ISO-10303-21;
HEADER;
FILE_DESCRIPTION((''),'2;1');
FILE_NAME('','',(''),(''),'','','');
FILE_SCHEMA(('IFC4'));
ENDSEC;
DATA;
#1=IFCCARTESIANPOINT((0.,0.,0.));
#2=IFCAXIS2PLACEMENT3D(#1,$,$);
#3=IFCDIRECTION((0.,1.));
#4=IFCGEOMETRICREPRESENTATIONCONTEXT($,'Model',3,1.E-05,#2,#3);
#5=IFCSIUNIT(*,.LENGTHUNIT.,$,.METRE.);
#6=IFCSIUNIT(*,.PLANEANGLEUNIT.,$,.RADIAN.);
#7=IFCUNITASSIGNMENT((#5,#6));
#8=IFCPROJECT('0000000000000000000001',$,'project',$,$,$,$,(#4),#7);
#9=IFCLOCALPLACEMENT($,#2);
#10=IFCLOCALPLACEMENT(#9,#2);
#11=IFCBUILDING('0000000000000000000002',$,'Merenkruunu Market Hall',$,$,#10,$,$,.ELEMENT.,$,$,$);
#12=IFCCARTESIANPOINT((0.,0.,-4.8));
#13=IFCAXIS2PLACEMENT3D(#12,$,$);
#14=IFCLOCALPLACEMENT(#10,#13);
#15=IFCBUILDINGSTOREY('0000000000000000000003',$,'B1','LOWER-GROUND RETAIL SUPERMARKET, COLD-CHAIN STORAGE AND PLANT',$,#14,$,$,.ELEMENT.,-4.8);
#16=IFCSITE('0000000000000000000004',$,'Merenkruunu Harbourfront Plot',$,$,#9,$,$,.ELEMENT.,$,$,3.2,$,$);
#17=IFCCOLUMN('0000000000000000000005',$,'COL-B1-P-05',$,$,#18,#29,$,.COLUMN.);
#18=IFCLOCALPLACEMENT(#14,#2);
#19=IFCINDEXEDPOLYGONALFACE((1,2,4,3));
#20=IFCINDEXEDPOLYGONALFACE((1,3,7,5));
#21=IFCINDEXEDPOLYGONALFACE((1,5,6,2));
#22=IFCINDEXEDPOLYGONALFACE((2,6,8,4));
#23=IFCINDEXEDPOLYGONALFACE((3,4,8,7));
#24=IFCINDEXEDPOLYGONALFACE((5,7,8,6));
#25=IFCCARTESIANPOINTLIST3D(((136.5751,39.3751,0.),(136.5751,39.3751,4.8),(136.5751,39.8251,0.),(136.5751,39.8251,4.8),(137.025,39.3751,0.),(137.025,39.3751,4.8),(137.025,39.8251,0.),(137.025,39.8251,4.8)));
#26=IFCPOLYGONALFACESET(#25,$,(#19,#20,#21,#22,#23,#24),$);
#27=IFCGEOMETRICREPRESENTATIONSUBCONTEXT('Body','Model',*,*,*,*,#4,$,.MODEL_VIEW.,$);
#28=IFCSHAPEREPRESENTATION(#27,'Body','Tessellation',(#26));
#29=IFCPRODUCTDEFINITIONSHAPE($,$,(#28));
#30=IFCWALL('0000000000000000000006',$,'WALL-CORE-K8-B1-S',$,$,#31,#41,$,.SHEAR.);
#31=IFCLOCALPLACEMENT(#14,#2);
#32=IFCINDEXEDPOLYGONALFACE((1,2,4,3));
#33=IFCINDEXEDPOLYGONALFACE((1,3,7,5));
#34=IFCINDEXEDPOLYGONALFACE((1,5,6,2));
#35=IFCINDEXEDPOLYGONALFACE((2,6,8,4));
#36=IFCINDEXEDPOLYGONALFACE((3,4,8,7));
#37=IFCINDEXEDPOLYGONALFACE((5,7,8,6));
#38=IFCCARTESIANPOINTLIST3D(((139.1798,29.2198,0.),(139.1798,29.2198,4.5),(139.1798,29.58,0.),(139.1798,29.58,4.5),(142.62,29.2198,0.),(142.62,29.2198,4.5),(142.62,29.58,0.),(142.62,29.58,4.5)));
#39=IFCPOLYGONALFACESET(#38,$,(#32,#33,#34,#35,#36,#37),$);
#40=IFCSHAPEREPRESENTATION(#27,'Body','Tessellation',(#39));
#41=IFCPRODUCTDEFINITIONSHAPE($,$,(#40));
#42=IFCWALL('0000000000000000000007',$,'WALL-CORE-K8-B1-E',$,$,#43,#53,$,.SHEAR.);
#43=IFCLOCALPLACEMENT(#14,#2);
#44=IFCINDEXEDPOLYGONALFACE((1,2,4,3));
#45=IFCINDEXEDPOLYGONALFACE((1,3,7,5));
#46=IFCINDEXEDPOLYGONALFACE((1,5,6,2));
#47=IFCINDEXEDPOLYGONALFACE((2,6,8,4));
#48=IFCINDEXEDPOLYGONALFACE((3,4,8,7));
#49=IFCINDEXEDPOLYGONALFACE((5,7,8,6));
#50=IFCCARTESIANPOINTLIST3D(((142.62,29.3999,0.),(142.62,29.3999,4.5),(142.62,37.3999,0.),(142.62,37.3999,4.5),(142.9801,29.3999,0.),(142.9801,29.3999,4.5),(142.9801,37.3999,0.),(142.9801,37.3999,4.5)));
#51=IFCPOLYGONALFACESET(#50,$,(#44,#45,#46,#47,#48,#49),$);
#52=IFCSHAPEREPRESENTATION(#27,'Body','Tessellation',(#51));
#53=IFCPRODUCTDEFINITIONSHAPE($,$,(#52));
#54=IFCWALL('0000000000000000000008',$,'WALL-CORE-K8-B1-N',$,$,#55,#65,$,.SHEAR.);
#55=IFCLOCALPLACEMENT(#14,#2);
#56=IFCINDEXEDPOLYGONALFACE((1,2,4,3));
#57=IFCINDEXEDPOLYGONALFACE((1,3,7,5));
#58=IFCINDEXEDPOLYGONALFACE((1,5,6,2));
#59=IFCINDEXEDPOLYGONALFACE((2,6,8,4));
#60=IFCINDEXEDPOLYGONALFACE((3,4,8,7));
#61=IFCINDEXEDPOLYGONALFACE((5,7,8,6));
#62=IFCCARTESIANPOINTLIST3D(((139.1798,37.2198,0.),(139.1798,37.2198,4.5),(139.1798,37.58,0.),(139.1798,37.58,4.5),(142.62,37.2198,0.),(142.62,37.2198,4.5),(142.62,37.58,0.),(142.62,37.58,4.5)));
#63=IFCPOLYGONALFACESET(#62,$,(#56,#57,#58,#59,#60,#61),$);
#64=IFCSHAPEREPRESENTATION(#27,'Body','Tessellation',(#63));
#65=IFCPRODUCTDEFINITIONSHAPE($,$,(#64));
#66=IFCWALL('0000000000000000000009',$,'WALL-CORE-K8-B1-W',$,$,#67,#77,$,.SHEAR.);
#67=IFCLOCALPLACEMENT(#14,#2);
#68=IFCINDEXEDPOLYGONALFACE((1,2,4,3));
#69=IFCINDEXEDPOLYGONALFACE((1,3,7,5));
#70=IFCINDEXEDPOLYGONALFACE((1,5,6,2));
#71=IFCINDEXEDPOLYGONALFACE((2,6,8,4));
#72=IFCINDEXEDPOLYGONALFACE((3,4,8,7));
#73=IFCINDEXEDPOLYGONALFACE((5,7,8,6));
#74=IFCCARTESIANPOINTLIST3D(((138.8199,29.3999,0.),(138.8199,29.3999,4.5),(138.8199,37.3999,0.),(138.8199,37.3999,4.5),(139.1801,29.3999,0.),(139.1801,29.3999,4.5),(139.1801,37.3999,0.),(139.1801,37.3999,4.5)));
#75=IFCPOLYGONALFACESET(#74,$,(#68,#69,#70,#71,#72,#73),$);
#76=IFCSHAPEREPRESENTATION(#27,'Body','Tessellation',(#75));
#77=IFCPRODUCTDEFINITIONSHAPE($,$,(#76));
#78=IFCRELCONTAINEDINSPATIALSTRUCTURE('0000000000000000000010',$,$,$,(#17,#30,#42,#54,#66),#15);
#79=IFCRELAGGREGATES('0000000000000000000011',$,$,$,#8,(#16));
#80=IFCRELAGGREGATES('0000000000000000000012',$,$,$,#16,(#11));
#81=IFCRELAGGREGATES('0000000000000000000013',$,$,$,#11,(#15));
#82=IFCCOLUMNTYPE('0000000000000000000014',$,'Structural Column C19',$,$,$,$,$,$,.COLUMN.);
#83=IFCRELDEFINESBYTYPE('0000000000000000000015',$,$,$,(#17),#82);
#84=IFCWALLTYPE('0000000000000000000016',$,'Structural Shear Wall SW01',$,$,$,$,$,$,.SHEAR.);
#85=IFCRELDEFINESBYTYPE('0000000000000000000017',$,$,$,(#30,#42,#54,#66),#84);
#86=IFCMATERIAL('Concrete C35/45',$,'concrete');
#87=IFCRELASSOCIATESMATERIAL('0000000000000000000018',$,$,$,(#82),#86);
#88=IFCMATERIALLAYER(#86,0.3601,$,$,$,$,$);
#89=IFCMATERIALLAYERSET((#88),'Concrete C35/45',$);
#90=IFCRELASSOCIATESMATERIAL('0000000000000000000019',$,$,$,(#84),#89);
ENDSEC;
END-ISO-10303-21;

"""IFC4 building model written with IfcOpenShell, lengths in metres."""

from ifc_helpers import new_model, si_unit, direction, frame, frame_2d, origin, origin_2d, place, context, subcontext, project, spatial, rectangle, extrude, material, layer, layer_set, material_profile, profile_set, type_object, element, save


model = new_model("IFC4")

# Units and contexts
model_context = context("Model", 3, precision=1e-05, world=origin(), true_north=direction((0.0, 1.0)))
body_context = subcontext(model_context, "Body", "Model", "MODEL_VIEW")
ifc_project = project(units=[si_unit("LENGTHUNIT", "METRE"), si_unit("PLANEANGLEUNIT", "RADIAN")], contexts=[model_context])

# Site, building, storey
site_placement = place(None, origin())
site = spatial("IfcSite", under=ifc_project, at=site_placement, Name="Merenkruunu Harbourfront Plot", CompositionType="ELEMENT", RefElevation=3.2)
building_placement = place(site_placement, origin())
building = spatial("IfcBuilding", under=site, at=building_placement, Name="Merenkruunu Market Hall", CompositionType="ELEMENT")
storey_placement = place(building_placement, frame((0.0, 0.0, -4.8)))
storey = spatial("IfcBuildingStorey", under=building, at=storey_placement, Name="B1", Description="LOWER-GROUND RETAIL SUPERMARKET, COLD-CHAIN STORAGE AND PLANT", CompositionType="ELEMENT", Elevation=-4.8)

# Shared definitions
ifc_material = material(Name="Concrete C35/45", Category="concrete")

# Column
ifc_material_profile_1 = material_profile(ifc_material, rectangle(XDim=0.45, YDim=0.45, at=origin_2d()), Name="RC 450x450")
ifc_profile_set_1 = profile_set([ifc_material_profile_1], Name="Concrete C35/45")
column_type = type_object("IfcColumnType", Name="Structural Column C19", PredefinedType="COLUMN", material=ifc_profile_set_1)
for number, where, z_axis, x_axis, name in (
    (1, (136.8, 39.6001, 0.0), (0.0, 0.0, 1.0), (1.0, 0.0, 0.0), "COL-B1-P-05"),
):
    element("IfcColumn", number, at=place(storey_placement, frame(where, z_axis=z_axis, x_axis=x_axis)), inside=storey, type_object=column_type, Name=name, PredefinedType="COLUMN", context=body_context, shape_type="SweptSolid", body=[
        extrude(rectangle(XDim=0.45, YDim=0.45, at=origin_2d()), origin(), (0.0, 0.0, 1.0), 4.8),
    ])

# Walls
ifc_layer_1 = layer(ifc_material, 0.3601)
ifc_layer_set_1 = layer_set([ifc_layer_1], Name="Concrete C35/45")
wall_type = type_object("IfcWallType", Name="Structural Shear Wall SW01", PredefinedType="SHEAR", material=ifc_layer_set_1)
wall_1_placement = place(storey_placement, frame((142.6201, 29.3999, 0.0), z_axis=(0.0, 0.0, 1.0), x_axis=(-1.0, 0.0, 0.0)))
element("IfcWall", 2, at=wall_1_placement, inside=storey, type_object=wall_type, Name="WALL-CORE-K8-B1-S", PredefinedType="SHEAR", context=body_context, shape_type="SweptSolid", body=[
    extrude(rectangle(XDim=3.4402, YDim=0.3601, at=frame_2d((1.7202, 0.0))), origin(), (0.0, 0.0, 1.0), 4.5),
])
wall_2_placement = place(storey_placement, frame((142.8, 29.3999, 0.0), z_axis=(0.0, 0.0, 1.0), x_axis=(0.0, 1.0, 0.0)))
element("IfcWall", 3, at=wall_2_placement, inside=storey, type_object=wall_type, Name="WALL-CORE-K8-B1-E", PredefinedType="SHEAR", context=body_context, shape_type="SweptSolid", body=[
    extrude(rectangle(XDim=8.0, YDim=0.3601, at=frame_2d((4.0, 0.0))), origin(), (0.0, 0.0, 1.0), 4.5),
])
wall_3_placement = place(storey_placement, frame((142.6201, 37.3999, 0.0), z_axis=(0.0, 0.0, 1.0), x_axis=(-1.0, 0.0, 0.0)))
element("IfcWall", 4, at=wall_3_placement, inside=storey, type_object=wall_type, Name="WALL-CORE-K8-B1-N", PredefinedType="SHEAR", context=body_context, shape_type="SweptSolid", body=[
    extrude(rectangle(XDim=3.4402, YDim=0.3601, at=frame_2d((1.7202, 0.0))), origin(), (0.0, 0.0, 1.0), 4.5),
])
wall_4_placement = place(storey_placement, frame((139.0, 37.3999, 0.0), z_axis=(0.0, 0.0, 1.0), x_axis=(0.0, -1.0, 0.0)))
element("IfcWall", 5, at=wall_4_placement, inside=storey, type_object=wall_type, Name="WALL-CORE-K8-B1-W", PredefinedType="SHEAR", context=body_context, shape_type="SweptSolid", body=[
    extrude(rectangle(XDim=8.0, YDim=0.3601, at=frame_2d((4.0, 0.0))), origin(), (0.0, 0.0, 1.0), 4.5),
])

save(model, "model.ifc")
